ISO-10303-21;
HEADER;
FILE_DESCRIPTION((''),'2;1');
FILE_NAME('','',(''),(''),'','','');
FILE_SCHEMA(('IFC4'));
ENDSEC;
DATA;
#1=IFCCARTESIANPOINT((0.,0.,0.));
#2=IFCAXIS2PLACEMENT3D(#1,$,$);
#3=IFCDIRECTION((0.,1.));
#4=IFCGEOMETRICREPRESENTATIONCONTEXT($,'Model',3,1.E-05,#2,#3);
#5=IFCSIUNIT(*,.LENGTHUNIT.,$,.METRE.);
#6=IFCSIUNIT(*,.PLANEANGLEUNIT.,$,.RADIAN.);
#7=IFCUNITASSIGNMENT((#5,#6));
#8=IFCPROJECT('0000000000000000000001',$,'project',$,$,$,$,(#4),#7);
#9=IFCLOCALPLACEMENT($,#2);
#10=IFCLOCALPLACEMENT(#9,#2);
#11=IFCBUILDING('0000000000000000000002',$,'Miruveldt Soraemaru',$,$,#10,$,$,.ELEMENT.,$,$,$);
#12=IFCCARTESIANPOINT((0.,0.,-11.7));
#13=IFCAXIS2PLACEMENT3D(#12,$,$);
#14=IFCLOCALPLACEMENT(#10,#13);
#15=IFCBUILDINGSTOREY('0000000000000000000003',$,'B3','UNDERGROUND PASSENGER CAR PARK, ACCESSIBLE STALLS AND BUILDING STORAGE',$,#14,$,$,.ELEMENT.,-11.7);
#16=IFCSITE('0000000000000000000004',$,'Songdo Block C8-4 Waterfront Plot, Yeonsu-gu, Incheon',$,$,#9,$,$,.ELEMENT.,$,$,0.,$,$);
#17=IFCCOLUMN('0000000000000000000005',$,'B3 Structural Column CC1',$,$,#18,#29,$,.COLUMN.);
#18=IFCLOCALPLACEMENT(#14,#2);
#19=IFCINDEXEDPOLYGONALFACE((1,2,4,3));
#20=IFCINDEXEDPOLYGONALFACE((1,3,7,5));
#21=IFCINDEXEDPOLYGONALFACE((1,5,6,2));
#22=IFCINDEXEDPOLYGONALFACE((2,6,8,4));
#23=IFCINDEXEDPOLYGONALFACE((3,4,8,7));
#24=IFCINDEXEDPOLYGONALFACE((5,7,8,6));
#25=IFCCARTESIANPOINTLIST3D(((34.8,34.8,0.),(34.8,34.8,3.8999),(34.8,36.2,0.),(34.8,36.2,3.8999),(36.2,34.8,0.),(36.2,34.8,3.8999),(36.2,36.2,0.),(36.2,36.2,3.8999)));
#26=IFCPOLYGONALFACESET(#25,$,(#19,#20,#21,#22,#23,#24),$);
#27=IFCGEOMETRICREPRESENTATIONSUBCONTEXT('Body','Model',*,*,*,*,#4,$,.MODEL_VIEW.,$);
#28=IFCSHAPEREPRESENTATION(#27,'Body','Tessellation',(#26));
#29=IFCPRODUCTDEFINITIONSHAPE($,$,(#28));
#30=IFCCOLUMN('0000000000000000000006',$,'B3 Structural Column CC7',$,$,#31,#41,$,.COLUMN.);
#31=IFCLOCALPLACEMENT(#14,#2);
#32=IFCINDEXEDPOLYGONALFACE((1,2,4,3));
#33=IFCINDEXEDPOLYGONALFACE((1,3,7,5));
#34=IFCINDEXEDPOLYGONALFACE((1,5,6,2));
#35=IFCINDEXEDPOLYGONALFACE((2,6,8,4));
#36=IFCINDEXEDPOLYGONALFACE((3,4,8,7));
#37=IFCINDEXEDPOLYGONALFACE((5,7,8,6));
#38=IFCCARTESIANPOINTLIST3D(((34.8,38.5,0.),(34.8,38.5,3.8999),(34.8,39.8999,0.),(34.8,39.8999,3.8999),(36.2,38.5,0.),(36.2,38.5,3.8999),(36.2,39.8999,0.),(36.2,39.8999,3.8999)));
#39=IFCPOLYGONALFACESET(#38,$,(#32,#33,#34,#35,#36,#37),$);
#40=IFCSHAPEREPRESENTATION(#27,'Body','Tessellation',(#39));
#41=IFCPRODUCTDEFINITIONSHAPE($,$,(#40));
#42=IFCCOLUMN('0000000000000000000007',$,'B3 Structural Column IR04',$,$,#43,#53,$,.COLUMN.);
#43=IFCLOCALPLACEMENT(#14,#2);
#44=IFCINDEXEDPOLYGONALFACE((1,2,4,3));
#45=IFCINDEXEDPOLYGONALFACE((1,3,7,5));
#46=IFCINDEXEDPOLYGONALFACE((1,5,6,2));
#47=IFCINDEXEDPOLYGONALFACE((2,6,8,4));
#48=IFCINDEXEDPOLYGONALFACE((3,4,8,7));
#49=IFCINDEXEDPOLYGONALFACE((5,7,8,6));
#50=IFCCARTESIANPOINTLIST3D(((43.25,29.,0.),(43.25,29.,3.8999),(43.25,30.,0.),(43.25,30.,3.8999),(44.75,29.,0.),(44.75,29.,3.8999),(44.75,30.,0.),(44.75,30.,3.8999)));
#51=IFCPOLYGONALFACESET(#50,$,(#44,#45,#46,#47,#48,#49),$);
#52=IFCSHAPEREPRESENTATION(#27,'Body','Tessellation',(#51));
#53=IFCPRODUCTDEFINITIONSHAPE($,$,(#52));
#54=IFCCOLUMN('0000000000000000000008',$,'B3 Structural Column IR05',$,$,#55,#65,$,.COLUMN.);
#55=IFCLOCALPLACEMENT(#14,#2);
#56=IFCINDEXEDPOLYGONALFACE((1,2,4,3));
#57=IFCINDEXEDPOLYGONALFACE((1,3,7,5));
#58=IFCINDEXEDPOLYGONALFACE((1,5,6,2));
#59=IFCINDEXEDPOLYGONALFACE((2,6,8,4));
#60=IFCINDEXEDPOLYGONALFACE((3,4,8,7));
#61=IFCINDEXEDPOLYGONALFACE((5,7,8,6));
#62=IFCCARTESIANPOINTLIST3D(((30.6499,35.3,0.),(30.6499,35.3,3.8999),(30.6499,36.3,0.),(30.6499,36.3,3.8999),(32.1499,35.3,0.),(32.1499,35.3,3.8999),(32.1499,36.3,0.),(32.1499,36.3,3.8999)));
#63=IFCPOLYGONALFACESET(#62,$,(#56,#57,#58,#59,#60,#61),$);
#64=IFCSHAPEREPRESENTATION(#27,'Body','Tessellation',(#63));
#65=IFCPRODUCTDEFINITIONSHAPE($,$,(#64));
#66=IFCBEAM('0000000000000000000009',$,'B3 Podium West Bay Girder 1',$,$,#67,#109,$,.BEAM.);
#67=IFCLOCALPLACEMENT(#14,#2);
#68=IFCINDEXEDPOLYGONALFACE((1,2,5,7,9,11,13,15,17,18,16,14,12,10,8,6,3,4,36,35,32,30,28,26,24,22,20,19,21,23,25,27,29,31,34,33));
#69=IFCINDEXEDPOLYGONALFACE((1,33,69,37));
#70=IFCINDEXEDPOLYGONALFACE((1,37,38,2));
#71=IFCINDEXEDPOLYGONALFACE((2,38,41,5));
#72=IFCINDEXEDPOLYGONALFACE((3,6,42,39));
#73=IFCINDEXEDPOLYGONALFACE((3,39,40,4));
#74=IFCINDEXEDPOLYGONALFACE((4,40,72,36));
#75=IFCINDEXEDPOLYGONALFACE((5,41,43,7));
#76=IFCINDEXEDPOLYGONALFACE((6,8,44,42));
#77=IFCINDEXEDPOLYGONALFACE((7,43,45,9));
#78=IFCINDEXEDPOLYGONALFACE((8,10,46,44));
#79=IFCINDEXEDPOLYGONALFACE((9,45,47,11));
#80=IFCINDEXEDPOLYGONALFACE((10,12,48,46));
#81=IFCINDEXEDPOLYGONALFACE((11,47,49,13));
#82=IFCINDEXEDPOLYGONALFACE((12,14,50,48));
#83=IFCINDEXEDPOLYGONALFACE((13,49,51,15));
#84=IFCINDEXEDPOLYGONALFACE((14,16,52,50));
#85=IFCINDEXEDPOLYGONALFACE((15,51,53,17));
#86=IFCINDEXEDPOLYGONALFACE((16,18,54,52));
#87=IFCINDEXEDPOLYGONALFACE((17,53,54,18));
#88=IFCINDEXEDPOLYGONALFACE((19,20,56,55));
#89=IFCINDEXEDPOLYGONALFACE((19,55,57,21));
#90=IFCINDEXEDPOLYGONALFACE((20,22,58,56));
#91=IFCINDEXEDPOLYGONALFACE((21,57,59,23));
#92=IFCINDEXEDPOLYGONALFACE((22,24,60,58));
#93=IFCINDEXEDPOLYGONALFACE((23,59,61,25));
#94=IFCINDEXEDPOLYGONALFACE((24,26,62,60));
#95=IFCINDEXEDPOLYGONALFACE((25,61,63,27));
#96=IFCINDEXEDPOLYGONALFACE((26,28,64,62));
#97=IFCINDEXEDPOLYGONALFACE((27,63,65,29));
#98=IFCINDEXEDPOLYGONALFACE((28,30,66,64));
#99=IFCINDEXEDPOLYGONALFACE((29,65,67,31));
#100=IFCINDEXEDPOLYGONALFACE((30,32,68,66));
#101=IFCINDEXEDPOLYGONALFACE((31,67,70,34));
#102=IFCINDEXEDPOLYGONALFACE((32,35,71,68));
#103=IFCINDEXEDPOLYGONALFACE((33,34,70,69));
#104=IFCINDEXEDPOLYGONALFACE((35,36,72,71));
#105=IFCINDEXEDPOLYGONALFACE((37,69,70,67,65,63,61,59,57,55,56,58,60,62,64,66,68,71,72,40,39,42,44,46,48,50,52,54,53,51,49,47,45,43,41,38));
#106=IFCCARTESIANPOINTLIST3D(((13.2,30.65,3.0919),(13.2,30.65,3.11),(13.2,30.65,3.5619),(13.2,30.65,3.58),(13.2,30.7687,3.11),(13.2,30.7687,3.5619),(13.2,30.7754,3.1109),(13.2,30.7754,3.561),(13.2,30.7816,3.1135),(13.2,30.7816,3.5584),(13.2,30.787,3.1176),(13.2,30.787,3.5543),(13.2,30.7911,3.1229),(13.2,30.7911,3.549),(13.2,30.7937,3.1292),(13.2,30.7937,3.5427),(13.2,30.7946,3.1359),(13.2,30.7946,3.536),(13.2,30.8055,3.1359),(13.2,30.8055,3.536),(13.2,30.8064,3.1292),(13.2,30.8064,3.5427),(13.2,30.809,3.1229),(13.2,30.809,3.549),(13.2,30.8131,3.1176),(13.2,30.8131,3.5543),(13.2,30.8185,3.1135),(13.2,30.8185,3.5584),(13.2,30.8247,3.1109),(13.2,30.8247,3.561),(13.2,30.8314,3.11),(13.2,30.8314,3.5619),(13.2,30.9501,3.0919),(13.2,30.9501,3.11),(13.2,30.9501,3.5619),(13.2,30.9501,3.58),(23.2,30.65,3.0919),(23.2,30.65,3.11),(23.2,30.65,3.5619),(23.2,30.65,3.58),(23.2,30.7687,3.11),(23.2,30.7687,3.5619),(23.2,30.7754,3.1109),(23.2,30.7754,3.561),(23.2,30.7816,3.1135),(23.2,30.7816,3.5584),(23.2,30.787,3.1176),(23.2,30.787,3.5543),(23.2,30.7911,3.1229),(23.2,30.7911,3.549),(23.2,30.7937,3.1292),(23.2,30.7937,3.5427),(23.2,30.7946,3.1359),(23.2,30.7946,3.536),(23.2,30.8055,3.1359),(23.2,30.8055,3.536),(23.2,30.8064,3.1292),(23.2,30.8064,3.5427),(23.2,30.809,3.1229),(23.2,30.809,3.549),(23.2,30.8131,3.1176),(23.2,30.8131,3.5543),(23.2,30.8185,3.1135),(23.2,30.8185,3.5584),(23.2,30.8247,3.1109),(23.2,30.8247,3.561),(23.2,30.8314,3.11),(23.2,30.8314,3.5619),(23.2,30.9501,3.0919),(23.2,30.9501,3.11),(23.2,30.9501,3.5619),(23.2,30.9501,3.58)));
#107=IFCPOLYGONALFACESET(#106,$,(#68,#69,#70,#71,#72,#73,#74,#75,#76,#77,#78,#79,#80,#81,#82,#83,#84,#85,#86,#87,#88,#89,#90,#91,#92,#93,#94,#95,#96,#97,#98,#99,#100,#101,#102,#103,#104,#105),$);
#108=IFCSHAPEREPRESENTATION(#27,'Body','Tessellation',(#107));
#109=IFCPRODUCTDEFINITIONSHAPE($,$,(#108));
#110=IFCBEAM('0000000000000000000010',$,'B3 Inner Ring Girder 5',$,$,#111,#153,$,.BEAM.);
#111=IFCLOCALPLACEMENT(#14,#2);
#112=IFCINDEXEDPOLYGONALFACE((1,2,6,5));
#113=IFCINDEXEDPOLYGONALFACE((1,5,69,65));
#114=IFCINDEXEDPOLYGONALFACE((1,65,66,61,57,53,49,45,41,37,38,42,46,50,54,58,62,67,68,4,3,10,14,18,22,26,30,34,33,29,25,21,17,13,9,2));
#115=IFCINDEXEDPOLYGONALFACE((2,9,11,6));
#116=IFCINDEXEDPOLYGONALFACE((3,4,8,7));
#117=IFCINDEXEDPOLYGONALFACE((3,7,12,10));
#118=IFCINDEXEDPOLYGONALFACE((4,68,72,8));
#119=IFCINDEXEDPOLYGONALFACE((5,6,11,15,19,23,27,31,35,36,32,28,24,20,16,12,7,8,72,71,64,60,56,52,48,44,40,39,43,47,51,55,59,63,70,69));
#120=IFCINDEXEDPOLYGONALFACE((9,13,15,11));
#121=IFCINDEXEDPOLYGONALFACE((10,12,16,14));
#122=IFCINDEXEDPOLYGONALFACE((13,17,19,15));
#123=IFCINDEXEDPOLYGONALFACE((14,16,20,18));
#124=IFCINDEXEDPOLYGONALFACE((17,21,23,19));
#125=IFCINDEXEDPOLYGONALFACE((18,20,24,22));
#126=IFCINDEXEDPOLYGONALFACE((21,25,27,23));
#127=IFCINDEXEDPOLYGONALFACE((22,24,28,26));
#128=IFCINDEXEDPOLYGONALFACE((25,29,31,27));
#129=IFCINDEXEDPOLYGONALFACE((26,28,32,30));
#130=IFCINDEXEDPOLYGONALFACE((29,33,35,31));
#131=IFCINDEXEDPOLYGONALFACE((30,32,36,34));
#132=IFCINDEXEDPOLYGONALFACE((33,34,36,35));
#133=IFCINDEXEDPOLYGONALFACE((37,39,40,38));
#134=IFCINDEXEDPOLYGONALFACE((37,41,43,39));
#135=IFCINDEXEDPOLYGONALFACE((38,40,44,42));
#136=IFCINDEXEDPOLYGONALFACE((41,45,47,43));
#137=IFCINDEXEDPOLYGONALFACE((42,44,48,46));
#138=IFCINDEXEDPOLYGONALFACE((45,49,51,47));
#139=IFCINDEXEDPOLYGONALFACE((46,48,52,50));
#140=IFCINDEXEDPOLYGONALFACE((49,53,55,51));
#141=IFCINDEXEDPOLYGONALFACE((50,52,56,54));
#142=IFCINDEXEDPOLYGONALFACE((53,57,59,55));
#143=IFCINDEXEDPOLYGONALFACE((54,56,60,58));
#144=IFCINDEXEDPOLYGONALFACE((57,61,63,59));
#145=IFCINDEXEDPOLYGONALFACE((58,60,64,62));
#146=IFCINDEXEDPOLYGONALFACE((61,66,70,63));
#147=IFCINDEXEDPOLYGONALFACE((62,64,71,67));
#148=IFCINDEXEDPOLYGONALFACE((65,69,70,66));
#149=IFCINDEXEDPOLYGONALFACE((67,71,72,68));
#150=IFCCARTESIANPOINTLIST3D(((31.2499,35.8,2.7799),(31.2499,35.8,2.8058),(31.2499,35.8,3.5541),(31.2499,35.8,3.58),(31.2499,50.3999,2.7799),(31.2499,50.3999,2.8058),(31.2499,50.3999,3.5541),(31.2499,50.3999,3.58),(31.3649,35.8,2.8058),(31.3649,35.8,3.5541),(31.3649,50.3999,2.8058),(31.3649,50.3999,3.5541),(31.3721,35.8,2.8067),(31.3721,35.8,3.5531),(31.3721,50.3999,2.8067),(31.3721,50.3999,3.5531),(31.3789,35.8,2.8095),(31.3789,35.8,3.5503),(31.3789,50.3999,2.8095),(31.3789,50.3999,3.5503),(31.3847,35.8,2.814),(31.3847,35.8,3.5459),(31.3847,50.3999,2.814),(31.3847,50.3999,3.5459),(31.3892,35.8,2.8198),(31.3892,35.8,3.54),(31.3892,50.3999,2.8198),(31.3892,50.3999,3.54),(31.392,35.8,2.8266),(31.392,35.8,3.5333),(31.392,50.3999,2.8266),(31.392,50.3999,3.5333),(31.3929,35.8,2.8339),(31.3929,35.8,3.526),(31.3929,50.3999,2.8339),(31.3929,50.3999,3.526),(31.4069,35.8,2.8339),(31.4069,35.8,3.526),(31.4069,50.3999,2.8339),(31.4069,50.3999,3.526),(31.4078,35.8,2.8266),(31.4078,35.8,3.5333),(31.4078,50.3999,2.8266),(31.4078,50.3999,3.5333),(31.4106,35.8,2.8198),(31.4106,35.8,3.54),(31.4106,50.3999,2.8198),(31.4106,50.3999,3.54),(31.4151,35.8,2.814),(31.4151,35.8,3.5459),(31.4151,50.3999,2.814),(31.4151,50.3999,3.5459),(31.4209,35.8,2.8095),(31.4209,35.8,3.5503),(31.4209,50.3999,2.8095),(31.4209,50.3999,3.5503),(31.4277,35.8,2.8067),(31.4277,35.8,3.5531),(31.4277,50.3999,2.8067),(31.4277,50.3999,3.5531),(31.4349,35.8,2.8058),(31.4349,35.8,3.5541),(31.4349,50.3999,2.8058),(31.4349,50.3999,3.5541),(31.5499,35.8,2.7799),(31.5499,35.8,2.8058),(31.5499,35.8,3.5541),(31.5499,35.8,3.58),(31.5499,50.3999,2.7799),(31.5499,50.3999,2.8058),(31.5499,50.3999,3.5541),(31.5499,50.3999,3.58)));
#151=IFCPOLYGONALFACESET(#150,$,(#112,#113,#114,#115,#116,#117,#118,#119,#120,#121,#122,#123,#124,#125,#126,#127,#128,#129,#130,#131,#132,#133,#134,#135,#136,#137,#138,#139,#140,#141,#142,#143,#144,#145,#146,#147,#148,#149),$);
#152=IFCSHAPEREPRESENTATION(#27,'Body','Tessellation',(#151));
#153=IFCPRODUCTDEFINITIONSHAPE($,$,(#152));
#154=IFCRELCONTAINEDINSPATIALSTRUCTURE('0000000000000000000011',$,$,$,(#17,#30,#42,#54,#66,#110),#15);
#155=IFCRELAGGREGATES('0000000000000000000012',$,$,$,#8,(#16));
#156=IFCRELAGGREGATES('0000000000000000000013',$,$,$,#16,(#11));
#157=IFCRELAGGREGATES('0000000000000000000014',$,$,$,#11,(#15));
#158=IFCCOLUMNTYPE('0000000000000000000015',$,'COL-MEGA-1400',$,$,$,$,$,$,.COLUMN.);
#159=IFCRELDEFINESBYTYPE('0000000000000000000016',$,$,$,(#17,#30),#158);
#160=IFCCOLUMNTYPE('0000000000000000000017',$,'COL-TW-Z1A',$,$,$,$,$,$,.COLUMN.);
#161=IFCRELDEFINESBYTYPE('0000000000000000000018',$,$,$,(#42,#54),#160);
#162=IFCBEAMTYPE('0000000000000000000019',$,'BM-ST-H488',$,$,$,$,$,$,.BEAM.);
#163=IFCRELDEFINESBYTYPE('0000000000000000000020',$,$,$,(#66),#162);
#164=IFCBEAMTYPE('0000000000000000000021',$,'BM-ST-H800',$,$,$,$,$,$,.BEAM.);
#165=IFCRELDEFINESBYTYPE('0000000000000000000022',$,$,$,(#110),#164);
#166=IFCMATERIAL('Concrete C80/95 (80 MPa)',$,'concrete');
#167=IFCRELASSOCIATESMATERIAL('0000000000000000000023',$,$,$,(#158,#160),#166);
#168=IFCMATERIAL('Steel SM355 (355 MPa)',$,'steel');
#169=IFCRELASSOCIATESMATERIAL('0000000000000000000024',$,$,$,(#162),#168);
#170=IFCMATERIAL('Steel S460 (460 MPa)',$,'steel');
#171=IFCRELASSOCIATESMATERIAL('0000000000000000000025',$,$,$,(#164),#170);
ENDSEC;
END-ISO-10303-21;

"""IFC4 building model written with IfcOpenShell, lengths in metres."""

from ifc_helpers import new_model, si_unit, direction, frame, origin, origin_2d, place, context, subcontext, project, spatial, rectangle, i_section, extrude, material, material_profile, profile_set, type_object, element, save


model = new_model("IFC4")

# Units and contexts
model_context = context("Model", 3, precision=1e-05, world=origin(), true_north=direction((0.0, 1.0)))
body_context = subcontext(model_context, "Body", "Model", "MODEL_VIEW")
ifc_project = project(units=[si_unit("LENGTHUNIT", "METRE"), si_unit("PLANEANGLEUNIT", "RADIAN")], contexts=[model_context])

# Site, building, storey
site_placement = place(None, origin())
site = spatial("IfcSite", under=ifc_project, at=site_placement, Name="Songdo Block C8-4 Waterfront Plot, Yeonsu-gu, Incheon", CompositionType="ELEMENT", RefElevation=0.0)
building_placement = place(site_placement, origin())
building = spatial("IfcBuilding", under=site, at=building_placement, Name="Miruveldt Soraemaru", CompositionType="ELEMENT")
storey_placement = place(building_placement, frame((0.0, 0.0, -11.7)))
storey = spatial("IfcBuildingStorey", under=building, at=storey_placement, Name="B3", Description="UNDERGROUND PASSENGER CAR PARK, ACCESSIBLE STALLS AND BUILDING STORAGE", CompositionType="ELEMENT", Elevation=-11.7)

# Columns
ifc_material_1 = material(Name="Concrete C80/95 (80 MPa)", Category="concrete")
ifc_material_profile_1 = material_profile(ifc_material_1, rectangle(XDim=1.3999, YDim=1.3999, at=origin_2d()), Name="Concrete C80/95 (80 MPa)", Category="concrete")
ifc_profile_set_1 = profile_set([ifc_material_profile_1], Name="Concrete C80/95 (80 MPa)")
column_type_1 = type_object("IfcColumnType", Name="COL-MEGA-1400", PredefinedType="COLUMN", material=ifc_profile_set_1)
for number, where, z_axis, x_axis, name in (
    (1, (35.5, 35.5, 0.0), (0.0, 0.0, 1.0), (1.0, 0.0, 0.0), "B3 Structural Column CC1"),
    (2, (35.5, 39.2, 0.0), (0.0, 0.0, 1.0), (1.0, 0.0, 0.0), "B3 Structural Column CC7"),
):
    element("IfcColumn", number, at=place(storey_placement, frame(where, z_axis=z_axis, x_axis=x_axis)), inside=storey, type_object=column_type_1, Name=name, PredefinedType="COLUMN", context=body_context, shape_type="SweptSolid", body=[
        extrude(rectangle(XDim=1.3999, YDim=1.3999, at=origin_2d()), origin(), (0.0, 0.0, 1.0), 3.8999),
    ])
ifc_material_profile_2 = material_profile(ifc_material_1, rectangle(XDim=1.5, YDim=1.0, at=origin_2d()), Name="Concrete C80/95 (80 MPa)", Category="concrete")
ifc_profile_set_2 = profile_set([ifc_material_profile_2], Name="Concrete C80/95 (80 MPa)")
column_type_2 = type_object("IfcColumnType", Name="COL-TW-Z1A", PredefinedType="COLUMN", material=ifc_profile_set_2)
for number, where, z_axis, x_axis, name in (
    (3, (44.0, 29.5, 0.0), (0.0, 0.0, 1.0), (1.0, 0.0, 0.0), "B3 Structural Column IR04"),
    (4, (31.3999, 35.8, 0.0), (0.0, 0.0, 1.0), (1.0, 0.0, 0.0), "B3 Structural Column IR05"),
):
    element("IfcColumn", number, at=place(storey_placement, frame(where, z_axis=z_axis, x_axis=x_axis)), inside=storey, type_object=column_type_2, Name=name, PredefinedType="COLUMN", context=body_context, shape_type="SweptSolid", body=[
        extrude(rectangle(XDim=1.5, YDim=1.0, at=origin_2d()), origin(), (0.0, 0.0, 1.0), 3.8999),
    ])

# Beams
ifc_material_2 = material(Name="Steel SM355 (355 MPa)", Category="steel")
ifc_material_profile_3 = material_profile(ifc_material_2, i_section(OverallWidth=0.3, OverallDepth=0.488, WebThickness=0.011, FlangeThickness=0.0181, FilletRadius=0.0259, at=origin_2d()), Name="Steel SM355 (355 MPa)", Category="steel")
ifc_profile_set_3 = profile_set([ifc_material_profile_3], Name="Steel SM355 (355 MPa)")
beam_type_1 = type_object("IfcBeamType", Name="BM-ST-H488", PredefinedType="BEAM", material=ifc_profile_set_3)
beam_1_placement = place(storey_placement, frame((23.2, 30.8, 3.3359), z_axis=(-1.0, 0.0, 0.0), x_axis=(0.0, -1.0, 0.0)))
element("IfcBeam", 5, at=beam_1_placement, inside=storey, type_object=beam_type_1, Name="B3 Podium West Bay Girder 1", PredefinedType="BEAM", context=body_context, shape_type="SweptSolid", body=[
    extrude(i_section(OverallWidth=0.3, OverallDepth=0.488, WebThickness=0.011, FlangeThickness=0.0181, FilletRadius=0.0259, at=origin_2d()), origin(), (0.0, 0.0, 1.0), 10.0),
])
ifc_material_3 = material(Name="Steel S460 (460 MPa)", Category="steel")
ifc_material_profile_4 = material_profile(ifc_material_3, i_section(OverallWidth=0.3, OverallDepth=0.8, WebThickness=0.0139, FlangeThickness=0.0259, FilletRadius=0.0281, at=origin_2d()), Name="Steel S460 (460 MPa)", Category="steel")
ifc_profile_set_4 = profile_set([ifc_material_profile_4], Name="Steel S460 (460 MPa)")
beam_type_2 = type_object("IfcBeamType", Name="BM-ST-H800", PredefinedType="BEAM", material=ifc_profile_set_4)
beam_2_placement = place(storey_placement, frame((31.3999, 35.8, 3.1799), z_axis=(0.0, 1.0, 0.0), x_axis=(-1.0, 0.0, 0.0)))
element("IfcBeam", 6, at=beam_2_placement, inside=storey, type_object=beam_type_2, Name="B3 Inner Ring Girder 5", PredefinedType="BEAM", context=body_context, shape_type="SweptSolid", body=[
    extrude(i_section(OverallWidth=0.3, OverallDepth=0.8, WebThickness=0.0139, FlangeThickness=0.0259, FilletRadius=0.0281, at=origin_2d()), origin(), (0.0, 0.0, 1.0), 14.5999),
])

save(model, "model.ifc")
